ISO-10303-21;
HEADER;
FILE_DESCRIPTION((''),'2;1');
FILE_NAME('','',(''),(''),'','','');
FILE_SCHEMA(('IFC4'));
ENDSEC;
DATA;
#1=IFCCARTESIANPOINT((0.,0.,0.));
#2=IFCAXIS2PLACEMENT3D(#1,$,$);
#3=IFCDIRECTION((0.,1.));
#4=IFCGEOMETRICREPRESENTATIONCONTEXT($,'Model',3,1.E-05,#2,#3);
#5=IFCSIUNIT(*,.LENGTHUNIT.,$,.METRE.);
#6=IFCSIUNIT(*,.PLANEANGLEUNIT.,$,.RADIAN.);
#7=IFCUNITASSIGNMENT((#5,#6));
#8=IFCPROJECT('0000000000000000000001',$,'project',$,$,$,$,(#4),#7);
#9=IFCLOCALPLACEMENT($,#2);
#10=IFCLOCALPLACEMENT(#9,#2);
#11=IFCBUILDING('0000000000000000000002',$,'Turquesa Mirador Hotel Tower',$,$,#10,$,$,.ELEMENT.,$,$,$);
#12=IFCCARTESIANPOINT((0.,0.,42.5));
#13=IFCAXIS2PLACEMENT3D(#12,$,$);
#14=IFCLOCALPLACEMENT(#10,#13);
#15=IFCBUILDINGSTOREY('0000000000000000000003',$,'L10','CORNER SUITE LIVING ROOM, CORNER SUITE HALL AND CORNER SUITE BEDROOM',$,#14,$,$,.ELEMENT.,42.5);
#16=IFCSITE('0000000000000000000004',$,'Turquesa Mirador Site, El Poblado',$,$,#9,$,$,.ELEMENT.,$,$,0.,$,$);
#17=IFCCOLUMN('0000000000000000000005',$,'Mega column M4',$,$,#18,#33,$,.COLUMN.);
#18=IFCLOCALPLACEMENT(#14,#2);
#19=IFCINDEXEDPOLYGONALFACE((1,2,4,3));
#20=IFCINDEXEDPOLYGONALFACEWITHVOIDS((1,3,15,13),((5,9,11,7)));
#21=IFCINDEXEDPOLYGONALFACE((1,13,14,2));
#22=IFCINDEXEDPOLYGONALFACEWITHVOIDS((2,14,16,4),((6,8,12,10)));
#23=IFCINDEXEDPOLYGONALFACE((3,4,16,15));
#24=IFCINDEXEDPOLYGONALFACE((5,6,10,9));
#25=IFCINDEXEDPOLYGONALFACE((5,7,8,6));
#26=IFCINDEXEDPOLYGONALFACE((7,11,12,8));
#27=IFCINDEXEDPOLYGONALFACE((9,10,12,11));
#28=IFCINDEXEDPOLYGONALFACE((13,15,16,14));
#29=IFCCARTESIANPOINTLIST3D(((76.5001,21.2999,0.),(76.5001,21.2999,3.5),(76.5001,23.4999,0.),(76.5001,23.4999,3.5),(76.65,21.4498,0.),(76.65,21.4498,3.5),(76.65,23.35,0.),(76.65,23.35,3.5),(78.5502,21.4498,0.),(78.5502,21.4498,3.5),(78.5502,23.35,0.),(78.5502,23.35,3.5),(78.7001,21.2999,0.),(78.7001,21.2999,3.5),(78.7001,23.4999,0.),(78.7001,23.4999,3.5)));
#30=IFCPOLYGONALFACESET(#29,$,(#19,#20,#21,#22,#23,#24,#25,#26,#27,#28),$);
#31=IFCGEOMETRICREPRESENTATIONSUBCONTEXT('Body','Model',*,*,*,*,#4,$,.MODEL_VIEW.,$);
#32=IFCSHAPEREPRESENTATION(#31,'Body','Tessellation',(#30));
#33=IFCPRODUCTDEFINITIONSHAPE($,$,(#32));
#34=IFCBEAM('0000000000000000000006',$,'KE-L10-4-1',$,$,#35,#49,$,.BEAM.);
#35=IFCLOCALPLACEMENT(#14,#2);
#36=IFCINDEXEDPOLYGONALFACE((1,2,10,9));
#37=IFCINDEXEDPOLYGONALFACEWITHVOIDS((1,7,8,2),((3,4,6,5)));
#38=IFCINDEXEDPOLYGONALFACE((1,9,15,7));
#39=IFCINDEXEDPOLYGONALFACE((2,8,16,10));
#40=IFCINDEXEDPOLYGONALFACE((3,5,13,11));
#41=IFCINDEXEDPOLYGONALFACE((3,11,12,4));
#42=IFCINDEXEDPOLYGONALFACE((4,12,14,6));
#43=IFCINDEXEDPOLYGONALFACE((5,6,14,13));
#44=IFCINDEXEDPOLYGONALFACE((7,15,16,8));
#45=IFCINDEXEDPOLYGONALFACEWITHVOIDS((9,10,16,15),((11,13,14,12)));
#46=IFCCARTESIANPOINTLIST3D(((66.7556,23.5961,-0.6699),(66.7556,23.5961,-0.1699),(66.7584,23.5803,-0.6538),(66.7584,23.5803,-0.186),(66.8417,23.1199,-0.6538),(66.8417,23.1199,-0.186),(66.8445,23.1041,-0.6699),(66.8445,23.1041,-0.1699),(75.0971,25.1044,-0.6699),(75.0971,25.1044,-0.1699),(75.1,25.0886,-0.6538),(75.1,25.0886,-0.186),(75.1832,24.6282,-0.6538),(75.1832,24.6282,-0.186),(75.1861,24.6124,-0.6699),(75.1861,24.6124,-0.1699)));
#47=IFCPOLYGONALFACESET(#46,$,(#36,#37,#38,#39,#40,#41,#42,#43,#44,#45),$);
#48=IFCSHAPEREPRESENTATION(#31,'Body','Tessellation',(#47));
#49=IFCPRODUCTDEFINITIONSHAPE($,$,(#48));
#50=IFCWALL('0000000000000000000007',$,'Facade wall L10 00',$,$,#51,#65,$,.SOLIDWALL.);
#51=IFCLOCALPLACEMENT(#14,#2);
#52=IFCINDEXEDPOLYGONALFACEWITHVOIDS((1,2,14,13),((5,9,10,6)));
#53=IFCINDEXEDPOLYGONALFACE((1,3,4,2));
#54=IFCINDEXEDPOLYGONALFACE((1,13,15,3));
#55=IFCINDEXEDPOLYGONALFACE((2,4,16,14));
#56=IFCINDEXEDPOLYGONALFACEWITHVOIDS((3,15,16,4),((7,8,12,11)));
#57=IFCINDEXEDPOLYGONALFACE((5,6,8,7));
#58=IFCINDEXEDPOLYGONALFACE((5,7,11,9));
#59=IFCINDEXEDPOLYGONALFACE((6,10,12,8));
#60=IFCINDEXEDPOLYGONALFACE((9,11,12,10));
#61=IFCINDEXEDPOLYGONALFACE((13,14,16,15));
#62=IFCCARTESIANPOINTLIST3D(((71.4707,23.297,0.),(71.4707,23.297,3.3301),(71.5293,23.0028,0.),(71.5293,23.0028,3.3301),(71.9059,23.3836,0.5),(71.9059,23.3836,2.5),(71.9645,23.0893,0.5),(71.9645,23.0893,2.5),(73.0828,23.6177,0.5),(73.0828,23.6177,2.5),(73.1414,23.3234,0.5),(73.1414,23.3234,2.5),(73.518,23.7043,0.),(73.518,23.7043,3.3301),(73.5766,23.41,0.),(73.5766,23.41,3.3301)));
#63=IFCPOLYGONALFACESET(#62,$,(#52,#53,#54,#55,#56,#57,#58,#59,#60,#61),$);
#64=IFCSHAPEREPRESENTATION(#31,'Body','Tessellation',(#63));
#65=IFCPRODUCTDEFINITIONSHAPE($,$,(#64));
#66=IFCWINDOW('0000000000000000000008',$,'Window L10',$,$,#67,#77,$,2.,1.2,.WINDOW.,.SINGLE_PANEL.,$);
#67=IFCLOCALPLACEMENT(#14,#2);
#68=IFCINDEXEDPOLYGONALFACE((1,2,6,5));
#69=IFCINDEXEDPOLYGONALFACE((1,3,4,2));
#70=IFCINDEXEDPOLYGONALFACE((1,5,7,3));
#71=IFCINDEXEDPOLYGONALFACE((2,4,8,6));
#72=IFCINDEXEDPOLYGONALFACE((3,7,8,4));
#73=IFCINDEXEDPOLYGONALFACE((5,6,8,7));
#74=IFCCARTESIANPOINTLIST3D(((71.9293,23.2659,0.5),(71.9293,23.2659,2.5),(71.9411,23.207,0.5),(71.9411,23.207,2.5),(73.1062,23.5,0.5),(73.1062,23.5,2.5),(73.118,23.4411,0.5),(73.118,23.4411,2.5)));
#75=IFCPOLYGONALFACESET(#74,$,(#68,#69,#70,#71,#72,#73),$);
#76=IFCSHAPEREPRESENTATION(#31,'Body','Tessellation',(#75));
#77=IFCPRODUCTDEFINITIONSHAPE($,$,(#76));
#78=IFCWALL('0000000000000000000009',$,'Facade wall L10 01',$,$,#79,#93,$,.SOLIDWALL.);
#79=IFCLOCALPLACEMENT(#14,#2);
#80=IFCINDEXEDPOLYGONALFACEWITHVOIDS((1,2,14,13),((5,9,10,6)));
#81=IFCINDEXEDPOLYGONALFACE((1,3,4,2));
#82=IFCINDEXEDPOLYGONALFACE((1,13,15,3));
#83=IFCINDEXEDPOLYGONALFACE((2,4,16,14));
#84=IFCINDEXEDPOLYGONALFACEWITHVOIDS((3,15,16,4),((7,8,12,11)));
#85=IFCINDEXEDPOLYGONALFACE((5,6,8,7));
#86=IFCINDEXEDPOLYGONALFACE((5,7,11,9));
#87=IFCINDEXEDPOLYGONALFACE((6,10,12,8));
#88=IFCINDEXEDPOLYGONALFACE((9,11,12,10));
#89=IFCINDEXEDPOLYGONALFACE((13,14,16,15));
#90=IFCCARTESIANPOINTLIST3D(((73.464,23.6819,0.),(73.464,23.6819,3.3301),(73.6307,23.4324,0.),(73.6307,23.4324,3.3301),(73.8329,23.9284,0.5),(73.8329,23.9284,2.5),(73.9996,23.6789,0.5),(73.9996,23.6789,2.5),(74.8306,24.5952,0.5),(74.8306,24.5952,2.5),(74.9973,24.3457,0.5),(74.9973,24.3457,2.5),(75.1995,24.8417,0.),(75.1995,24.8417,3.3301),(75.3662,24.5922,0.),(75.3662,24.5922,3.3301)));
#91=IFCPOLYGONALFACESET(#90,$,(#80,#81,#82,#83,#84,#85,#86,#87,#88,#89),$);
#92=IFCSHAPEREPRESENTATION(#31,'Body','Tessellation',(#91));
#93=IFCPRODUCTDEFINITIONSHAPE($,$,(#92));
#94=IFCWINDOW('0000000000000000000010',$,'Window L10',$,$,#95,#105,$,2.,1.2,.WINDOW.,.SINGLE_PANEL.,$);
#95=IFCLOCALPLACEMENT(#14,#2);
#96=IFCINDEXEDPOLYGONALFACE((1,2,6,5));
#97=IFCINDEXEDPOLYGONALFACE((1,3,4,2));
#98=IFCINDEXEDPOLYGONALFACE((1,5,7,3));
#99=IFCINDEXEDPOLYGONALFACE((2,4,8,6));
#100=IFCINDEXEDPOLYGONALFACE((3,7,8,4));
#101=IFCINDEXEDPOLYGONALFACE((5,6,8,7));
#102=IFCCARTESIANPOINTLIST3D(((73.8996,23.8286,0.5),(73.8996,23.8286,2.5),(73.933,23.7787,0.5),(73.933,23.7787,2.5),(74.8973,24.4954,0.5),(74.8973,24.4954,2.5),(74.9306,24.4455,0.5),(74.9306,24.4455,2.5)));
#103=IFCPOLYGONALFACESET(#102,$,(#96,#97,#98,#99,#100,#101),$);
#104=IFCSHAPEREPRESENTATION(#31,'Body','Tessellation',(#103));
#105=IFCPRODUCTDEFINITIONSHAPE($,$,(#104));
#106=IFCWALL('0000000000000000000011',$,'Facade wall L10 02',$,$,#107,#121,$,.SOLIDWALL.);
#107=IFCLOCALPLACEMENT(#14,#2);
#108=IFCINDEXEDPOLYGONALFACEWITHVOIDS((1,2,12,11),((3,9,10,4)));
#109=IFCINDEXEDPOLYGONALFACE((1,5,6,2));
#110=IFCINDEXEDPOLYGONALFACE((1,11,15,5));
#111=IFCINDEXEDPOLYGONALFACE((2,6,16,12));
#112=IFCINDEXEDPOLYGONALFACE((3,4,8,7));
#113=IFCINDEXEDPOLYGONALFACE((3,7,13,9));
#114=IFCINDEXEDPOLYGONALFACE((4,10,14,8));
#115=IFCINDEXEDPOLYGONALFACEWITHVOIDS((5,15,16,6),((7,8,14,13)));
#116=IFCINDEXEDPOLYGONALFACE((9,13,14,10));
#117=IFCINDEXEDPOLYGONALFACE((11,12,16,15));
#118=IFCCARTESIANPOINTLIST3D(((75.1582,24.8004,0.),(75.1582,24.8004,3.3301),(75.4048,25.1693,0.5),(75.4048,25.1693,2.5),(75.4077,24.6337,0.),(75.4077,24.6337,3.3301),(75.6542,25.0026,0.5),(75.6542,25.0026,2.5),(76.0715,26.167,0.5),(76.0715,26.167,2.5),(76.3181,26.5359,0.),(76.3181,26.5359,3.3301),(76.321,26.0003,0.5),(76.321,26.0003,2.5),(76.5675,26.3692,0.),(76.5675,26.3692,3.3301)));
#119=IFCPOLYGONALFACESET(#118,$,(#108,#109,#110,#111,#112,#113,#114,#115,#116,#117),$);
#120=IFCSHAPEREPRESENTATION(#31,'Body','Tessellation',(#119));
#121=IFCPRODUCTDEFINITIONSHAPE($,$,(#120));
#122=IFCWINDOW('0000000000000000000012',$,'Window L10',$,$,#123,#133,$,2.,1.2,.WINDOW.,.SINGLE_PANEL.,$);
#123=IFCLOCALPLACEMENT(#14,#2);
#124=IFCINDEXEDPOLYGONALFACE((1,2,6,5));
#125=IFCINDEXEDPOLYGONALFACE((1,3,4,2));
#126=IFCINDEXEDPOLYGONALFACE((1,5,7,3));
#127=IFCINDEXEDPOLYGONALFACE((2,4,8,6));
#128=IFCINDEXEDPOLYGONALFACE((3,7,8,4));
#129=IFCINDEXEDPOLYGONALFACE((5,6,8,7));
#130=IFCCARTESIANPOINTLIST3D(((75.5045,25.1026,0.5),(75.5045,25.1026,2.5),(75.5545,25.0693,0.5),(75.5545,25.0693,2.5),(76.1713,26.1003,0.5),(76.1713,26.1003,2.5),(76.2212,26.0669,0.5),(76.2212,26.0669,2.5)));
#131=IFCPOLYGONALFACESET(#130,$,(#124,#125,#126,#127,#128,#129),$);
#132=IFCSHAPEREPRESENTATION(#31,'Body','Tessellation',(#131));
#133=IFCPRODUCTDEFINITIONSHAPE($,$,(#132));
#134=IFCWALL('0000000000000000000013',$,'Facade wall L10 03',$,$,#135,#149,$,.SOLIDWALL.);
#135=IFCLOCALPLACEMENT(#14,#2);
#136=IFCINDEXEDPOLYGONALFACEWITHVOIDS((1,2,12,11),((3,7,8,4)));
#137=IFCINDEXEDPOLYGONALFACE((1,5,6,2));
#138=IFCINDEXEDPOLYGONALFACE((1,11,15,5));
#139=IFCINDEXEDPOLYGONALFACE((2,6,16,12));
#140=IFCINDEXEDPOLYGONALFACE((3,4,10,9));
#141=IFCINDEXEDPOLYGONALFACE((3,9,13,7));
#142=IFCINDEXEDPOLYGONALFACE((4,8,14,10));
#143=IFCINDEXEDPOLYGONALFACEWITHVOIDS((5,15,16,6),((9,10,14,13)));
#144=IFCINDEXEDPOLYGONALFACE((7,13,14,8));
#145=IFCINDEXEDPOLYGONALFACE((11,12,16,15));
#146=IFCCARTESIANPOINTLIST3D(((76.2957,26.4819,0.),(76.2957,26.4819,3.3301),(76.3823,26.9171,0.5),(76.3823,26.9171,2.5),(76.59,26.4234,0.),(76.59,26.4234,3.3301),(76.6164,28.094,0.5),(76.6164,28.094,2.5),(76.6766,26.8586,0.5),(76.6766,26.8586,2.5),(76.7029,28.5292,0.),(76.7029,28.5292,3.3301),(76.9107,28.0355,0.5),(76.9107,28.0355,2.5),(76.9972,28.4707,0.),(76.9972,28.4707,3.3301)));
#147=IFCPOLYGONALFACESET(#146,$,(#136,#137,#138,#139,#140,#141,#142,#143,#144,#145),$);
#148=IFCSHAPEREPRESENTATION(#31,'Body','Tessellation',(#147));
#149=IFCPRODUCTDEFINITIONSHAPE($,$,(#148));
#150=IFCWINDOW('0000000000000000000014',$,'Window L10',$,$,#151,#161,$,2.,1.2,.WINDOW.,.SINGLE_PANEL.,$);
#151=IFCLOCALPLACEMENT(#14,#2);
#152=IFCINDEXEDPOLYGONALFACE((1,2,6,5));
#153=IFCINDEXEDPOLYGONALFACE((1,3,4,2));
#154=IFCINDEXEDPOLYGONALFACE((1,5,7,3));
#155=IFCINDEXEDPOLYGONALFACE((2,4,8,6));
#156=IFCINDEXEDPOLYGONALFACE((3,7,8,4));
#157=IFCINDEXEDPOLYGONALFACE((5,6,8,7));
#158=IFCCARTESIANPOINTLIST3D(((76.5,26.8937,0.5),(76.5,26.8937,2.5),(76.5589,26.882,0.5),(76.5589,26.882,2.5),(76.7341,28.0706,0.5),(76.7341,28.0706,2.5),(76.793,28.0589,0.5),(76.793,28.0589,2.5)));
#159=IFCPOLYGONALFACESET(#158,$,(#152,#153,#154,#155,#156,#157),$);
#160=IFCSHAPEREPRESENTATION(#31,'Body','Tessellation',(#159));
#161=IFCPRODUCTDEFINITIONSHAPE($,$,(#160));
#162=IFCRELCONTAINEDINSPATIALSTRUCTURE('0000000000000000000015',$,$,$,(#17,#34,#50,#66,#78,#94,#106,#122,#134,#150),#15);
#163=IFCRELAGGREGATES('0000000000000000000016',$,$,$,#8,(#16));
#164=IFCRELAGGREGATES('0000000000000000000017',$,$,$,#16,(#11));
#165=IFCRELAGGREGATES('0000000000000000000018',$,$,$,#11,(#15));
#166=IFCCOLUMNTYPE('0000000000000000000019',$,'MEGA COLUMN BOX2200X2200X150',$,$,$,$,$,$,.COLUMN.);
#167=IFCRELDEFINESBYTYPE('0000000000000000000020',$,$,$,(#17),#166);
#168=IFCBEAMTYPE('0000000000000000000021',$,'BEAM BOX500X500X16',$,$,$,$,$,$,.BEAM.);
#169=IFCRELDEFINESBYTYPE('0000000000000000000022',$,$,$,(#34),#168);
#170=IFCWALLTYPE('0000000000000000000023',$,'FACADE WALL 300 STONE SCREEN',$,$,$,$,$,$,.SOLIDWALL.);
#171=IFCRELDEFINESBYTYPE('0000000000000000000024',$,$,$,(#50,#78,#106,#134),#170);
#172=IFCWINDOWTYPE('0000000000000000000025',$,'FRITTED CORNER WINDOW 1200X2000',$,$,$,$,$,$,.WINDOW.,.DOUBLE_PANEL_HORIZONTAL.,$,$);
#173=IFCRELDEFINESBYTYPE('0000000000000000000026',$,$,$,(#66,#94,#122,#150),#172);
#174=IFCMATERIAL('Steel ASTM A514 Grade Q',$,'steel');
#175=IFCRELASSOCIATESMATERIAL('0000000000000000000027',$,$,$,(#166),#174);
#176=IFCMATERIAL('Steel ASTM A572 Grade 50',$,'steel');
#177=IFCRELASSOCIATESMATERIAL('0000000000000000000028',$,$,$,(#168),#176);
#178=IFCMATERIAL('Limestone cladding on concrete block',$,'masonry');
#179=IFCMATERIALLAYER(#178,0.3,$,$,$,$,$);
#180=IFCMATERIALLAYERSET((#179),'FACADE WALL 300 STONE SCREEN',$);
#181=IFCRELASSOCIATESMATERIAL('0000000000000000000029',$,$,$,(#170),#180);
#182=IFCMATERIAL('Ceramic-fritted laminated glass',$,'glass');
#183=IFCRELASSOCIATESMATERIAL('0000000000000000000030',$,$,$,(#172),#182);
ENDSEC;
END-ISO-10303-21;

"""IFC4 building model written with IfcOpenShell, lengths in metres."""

from ifc_helpers import new_model, si_unit, direction, frame, frame_2d, origin, origin_2d, place, context, subcontext, project, spatial, rectangle, hollow_rectangle, extrude, material, layer, layer_set, material_profile, profile_set, type_object, element, fill, save


model = new_model("IFC4")

# Units and contexts
model_context = context("Model", 3, precision=1e-05, world=origin(), true_north=direction((0.0, 1.0)))
body_context = subcontext(model_context, "Body", "Model", "MODEL_VIEW")
ifc_project = project(units=[si_unit("LENGTHUNIT", "METRE"), si_unit("PLANEANGLEUNIT", "RADIAN")], contexts=[model_context])

# Site, building, storey
site_placement = place(None, origin())
site = spatial("IfcSite", under=ifc_project, at=site_placement, Name="Turquesa Mirador Site, El Poblado", CompositionType="ELEMENT", RefElevation=0.0)
building_placement = place(site_placement, origin())
building = spatial("IfcBuilding", under=site, at=building_placement, Name="Turquesa Mirador Hotel Tower", CompositionType="ELEMENT")
storey_placement = place(building_placement, frame((0.0, 0.0, 42.5)))
storey = spatial("IfcBuildingStorey", under=building, at=storey_placement, Name="L10", Description="CORNER SUITE LIVING ROOM, CORNER SUITE HALL AND CORNER SUITE BEDROOM", CompositionType="ELEMENT", Elevation=42.5)

# Column
ifc_material_1 = material(Name="Steel ASTM A514 Grade Q", Category="steel")
ifc_material_profile_1 = material_profile(ifc_material_1, hollow_rectangle(XDim=2.2, YDim=2.2, WallThickness=0.1499, at=origin_2d()), Name="BOX2200X2200X150")
ifc_profile_set_1 = profile_set([ifc_material_profile_1], Name="Steel ASTM A514 Grade Q")
column_type = type_object("IfcColumnType", Name="MEGA COLUMN BOX2200X2200X150", PredefinedType="COLUMN", material=ifc_profile_set_1)
column_placement = place(storey_placement, frame((77.6001, 22.3999, 0.0), z_axis=(0.0, 0.0, 1.0), x_axis=(1.0, 0.0, 0.0)))
element("IfcColumn", 1, at=column_placement, inside=storey, type_object=column_type, Name="Mega column M4", PredefinedType="COLUMN", context=body_context, shape_type="SweptSolid", body=[
    extrude(hollow_rectangle(XDim=2.2, YDim=2.2, WallThickness=0.1499, at=origin_2d()), origin(), (0.0, 0.0, 1.0), 3.5),
])

# Beam
ifc_material_2 = material(Name="Steel ASTM A572 Grade 50", Category="steel")
ifc_material_profile_2 = material_profile(ifc_material_2, hollow_rectangle(XDim=0.5, YDim=0.5, WallThickness=0.0161, at=origin_2d()), Name="BOX500X500X16")
ifc_profile_set_2 = profile_set([ifc_material_profile_2], Name="Steel ASTM A572 Grade 50")
beam_type = type_object("IfcBeamType", Name="BEAM BOX500X500X16", PredefinedType="BEAM", material=ifc_profile_set_2)
beam_placement = place(storey_placement, frame((75.1416, 24.8584, -0.4199), z_axis=(-0.984043, -0.177932, 0.0), x_axis=(0.177932, -0.984043, 0.0)))
element("IfcBeam", 2, at=beam_placement, inside=storey, type_object=beam_type, Name="KE-L10-4-1", PredefinedType="BEAM", context=body_context, shape_type="SweptSolid", body=[
    extrude(hollow_rectangle(XDim=0.5, YDim=0.5, WallThickness=0.0161, at=origin_2d()), origin(), (0.0, 0.0, 1.0), 8.4768),
])

# Walls, openings, windows
ifc_material_3 = material(Name="Limestone cladding on concrete block", Category="masonry")
ifc_layer_1 = layer(ifc_material_3, 0.3)
ifc_layer_set_1 = layer_set([ifc_layer_1], Name="FACADE WALL 300 STONE SCREEN")
wall_type_1 = type_object("IfcWallType", Name="FACADE WALL 300 STONE SCREEN", PredefinedType="SOLIDWALL", material=ifc_layer_set_1)
wall_1_placement = place(storey_placement, frame((71.5, 23.1499, 0.0), z_axis=(0.0, 0.0, 1.0), x_axis=(0.980787, 0.195081, 0.0)))
wall_1 = element("IfcWall", 3, at=wall_1_placement, inside=storey, type_object=wall_type_1, Name="Facade wall L10 00", PredefinedType="SOLIDWALL", context=body_context, shape_type="SweptSolid", body=[
    extrude(rectangle(XDim=2.0874, YDim=0.3, at=frame_2d((1.0437, 0.0))), origin(), (0.0, 0.0, 1.0), 3.3301),
])
opening_1_placement = place(wall_1_placement, frame((0.4436, 0.0, 0.5)))
opening_1 = element("IfcOpeningElement", 4, at=opening_1_placement, cuts=wall_1, PredefinedType="OPENING", context=body_context, shape_type="SweptSolid", body=[
    extrude(rectangle(XDim=1.2, YDim=2.0, at=frame_2d((0.6001, 1.0))), frame((0.0, 0.1599, 0.0), z_axis=(0.0, -1.0, 0.0), x_axis=(1.0, 0.0, 0.0)), (0.0, 0.0, 1.0), 0.3201),
])
ifc_material_4 = material(Name="Ceramic-fritted laminated glass", Category="glass")
window_type_1 = type_object("IfcWindowType", Name="FRITTED CORNER WINDOW 1200X2000", PartitioningType="DOUBLE_PANEL_HORIZONTAL", PredefinedType="WINDOW", material=ifc_material_4)
window_1_placement = place(opening_1_placement, origin())
window_1 = element("IfcWindow", 5, at=window_1_placement, inside=storey, type_object=window_type_1, Name="Window L10", OverallHeight=2.0, OverallWidth=1.2, PartitioningType="SINGLE_PANEL", PredefinedType="WINDOW", context=body_context, shape_type="SweptSolid", body=[
    extrude(rectangle(XDim=1.2, YDim=2.0, at=frame_2d((0.6001, 1.0))), frame((0.0, 0.03, 0.0), z_axis=(0.0, -1.0, 0.0), x_axis=(1.0, 0.0, 0.0)), (0.0, 0.0, 1.0), 0.0601),
])
fill(opening_1, window_1)
wall_2_placement = place(storey_placement, frame((73.5474, 23.5571, 0.0), z_axis=(0.0, 0.0, 1.0), x_axis=(0.83142, 0.555644, 0.0)))
wall_2 = element("IfcWall", 6, at=wall_2_placement, inside=storey, type_object=wall_type_1, Name="Facade wall L10 01", PredefinedType="SOLIDWALL", context=body_context, shape_type="SweptSolid", body=[
    extrude(rectangle(XDim=2.0874, YDim=0.3, at=frame_2d((1.0437, 0.0))), origin(), (0.0, 0.0, 1.0), 3.3301),
])
opening_2_placement = place(wall_2_placement, frame((0.4436, 0.0, 0.5)))
opening_2 = element("IfcOpeningElement", 7, at=opening_2_placement, cuts=wall_2, PredefinedType="OPENING", context=body_context, shape_type="SweptSolid", body=[
    extrude(rectangle(XDim=1.2, YDim=2.0, at=frame_2d((0.6001, 1.0))), frame((0.0, 0.1599, 0.0), z_axis=(0.0, -1.0, 0.0), x_axis=(1.0, 0.0, 0.0)), (0.0, 0.0, 1.0), 0.3201),
])
window_2_placement = place(opening_2_placement, origin())
window_2 = element("IfcWindow", 8, at=window_2_placement, inside=storey, type_object=window_type_1, Name="Window L10", OverallHeight=2.0, OverallWidth=1.2, PartitioningType="SINGLE_PANEL", PredefinedType="WINDOW", context=body_context, shape_type="SweptSolid", body=[
    extrude(rectangle(XDim=1.2, YDim=2.0, at=frame_2d((0.6001, 1.0))), frame((0.0, 0.03, 0.0), z_axis=(0.0, -1.0, 0.0), x_axis=(1.0, 0.0, 0.0)), (0.0, 0.0, 1.0), 0.0601),
])
fill(opening_2, window_2)
wall_3_placement = place(storey_placement, frame((75.283, 24.717, 0.0), z_axis=(0.0, 0.0, 1.0), x_axis=(0.555644, 0.83142, 0.0)))
wall_3 = element("IfcWall", 9, at=wall_3_placement, inside=storey, type_object=wall_type_1, Name="Facade wall L10 02", PredefinedType="SOLIDWALL", context=body_context, shape_type="SweptSolid", body=[
    extrude(rectangle(XDim=2.0874, YDim=0.3, at=frame_2d((1.0437, 0.0))), origin(), (0.0, 0.0, 1.0), 3.3301),
])
opening_3_placement = place(wall_3_placement, frame((0.4436, 0.0, 0.5)))
opening_3 = element("IfcOpeningElement", 10, at=opening_3_placement, cuts=wall_3, PredefinedType="OPENING", context=body_context, shape_type="SweptSolid", body=[
    extrude(rectangle(XDim=1.2, YDim=2.0, at=frame_2d((0.6001, 1.0))), frame((0.0, 0.1599, 0.0), z_axis=(0.0, -1.0, 0.0), x_axis=(1.0, 0.0, 0.0)), (0.0, 0.0, 1.0), 0.3201),
])
window_3_placement = place(opening_3_placement, origin())
window_3 = element("IfcWindow", 11, at=window_3_placement, inside=storey, type_object=window_type_1, Name="Window L10", OverallHeight=2.0, OverallWidth=1.2, PartitioningType="SINGLE_PANEL", PredefinedType="WINDOW", context=body_context, shape_type="SweptSolid", body=[
    extrude(rectangle(XDim=1.2, YDim=2.0, at=frame_2d((0.6001, 1.0))), frame((0.0, 0.03, 0.0), z_axis=(0.0, -1.0, 0.0), x_axis=(1.0, 0.0, 0.0)), (0.0, 0.0, 1.0), 0.0601),
])
fill(opening_3, window_3)
wall_4_placement = place(storey_placement, frame((76.4429, 26.4526, 0.0), z_axis=(0.0, 0.0, 1.0), x_axis=(0.195081, 0.980787, 0.0)))
wall_4 = element("IfcWall", 12, at=wall_4_placement, inside=storey, type_object=wall_type_1, Name="Facade wall L10 03", PredefinedType="SOLIDWALL", context=body_context, shape_type="SweptSolid", body=[
    extrude(rectangle(XDim=2.0874, YDim=0.3, at=frame_2d((1.0437, 0.0))), origin(), (0.0, 0.0, 1.0), 3.3301),
])
opening_4_placement = place(wall_4_placement, frame((0.4436, 0.0, 0.5)))
opening_4 = element("IfcOpeningElement", 13, at=opening_4_placement, cuts=wall_4, PredefinedType="OPENING", context=body_context, shape_type="SweptSolid", body=[
    extrude(rectangle(XDim=1.2, YDim=2.0, at=frame_2d((0.6001, 1.0))), frame((0.0, 0.1599, 0.0), z_axis=(0.0, -1.0, 0.0), x_axis=(1.0, 0.0, 0.0)), (0.0, 0.0, 1.0), 0.3201),
])
window_4_placement = place(opening_4_placement, origin())
window_4 = element("IfcWindow", 14, at=window_4_placement, inside=storey, type_object=window_type_1, Name="Window L10", OverallHeight=2.0, OverallWidth=1.2, PartitioningType="SINGLE_PANEL", PredefinedType="WINDOW", context=body_context, shape_type="SweptSolid", body=[
    extrude(rectangle(XDim=1.2, YDim=2.0, at=frame_2d((0.6001, 1.0))), frame((0.0, 0.03, 0.0), z_axis=(0.0, -1.0, 0.0), x_axis=(1.0, 0.0, 0.0)), (0.0, 0.0, 1.0), 0.0601),
])
fill(opening_4, window_4)

save(model, "model.ifc")
